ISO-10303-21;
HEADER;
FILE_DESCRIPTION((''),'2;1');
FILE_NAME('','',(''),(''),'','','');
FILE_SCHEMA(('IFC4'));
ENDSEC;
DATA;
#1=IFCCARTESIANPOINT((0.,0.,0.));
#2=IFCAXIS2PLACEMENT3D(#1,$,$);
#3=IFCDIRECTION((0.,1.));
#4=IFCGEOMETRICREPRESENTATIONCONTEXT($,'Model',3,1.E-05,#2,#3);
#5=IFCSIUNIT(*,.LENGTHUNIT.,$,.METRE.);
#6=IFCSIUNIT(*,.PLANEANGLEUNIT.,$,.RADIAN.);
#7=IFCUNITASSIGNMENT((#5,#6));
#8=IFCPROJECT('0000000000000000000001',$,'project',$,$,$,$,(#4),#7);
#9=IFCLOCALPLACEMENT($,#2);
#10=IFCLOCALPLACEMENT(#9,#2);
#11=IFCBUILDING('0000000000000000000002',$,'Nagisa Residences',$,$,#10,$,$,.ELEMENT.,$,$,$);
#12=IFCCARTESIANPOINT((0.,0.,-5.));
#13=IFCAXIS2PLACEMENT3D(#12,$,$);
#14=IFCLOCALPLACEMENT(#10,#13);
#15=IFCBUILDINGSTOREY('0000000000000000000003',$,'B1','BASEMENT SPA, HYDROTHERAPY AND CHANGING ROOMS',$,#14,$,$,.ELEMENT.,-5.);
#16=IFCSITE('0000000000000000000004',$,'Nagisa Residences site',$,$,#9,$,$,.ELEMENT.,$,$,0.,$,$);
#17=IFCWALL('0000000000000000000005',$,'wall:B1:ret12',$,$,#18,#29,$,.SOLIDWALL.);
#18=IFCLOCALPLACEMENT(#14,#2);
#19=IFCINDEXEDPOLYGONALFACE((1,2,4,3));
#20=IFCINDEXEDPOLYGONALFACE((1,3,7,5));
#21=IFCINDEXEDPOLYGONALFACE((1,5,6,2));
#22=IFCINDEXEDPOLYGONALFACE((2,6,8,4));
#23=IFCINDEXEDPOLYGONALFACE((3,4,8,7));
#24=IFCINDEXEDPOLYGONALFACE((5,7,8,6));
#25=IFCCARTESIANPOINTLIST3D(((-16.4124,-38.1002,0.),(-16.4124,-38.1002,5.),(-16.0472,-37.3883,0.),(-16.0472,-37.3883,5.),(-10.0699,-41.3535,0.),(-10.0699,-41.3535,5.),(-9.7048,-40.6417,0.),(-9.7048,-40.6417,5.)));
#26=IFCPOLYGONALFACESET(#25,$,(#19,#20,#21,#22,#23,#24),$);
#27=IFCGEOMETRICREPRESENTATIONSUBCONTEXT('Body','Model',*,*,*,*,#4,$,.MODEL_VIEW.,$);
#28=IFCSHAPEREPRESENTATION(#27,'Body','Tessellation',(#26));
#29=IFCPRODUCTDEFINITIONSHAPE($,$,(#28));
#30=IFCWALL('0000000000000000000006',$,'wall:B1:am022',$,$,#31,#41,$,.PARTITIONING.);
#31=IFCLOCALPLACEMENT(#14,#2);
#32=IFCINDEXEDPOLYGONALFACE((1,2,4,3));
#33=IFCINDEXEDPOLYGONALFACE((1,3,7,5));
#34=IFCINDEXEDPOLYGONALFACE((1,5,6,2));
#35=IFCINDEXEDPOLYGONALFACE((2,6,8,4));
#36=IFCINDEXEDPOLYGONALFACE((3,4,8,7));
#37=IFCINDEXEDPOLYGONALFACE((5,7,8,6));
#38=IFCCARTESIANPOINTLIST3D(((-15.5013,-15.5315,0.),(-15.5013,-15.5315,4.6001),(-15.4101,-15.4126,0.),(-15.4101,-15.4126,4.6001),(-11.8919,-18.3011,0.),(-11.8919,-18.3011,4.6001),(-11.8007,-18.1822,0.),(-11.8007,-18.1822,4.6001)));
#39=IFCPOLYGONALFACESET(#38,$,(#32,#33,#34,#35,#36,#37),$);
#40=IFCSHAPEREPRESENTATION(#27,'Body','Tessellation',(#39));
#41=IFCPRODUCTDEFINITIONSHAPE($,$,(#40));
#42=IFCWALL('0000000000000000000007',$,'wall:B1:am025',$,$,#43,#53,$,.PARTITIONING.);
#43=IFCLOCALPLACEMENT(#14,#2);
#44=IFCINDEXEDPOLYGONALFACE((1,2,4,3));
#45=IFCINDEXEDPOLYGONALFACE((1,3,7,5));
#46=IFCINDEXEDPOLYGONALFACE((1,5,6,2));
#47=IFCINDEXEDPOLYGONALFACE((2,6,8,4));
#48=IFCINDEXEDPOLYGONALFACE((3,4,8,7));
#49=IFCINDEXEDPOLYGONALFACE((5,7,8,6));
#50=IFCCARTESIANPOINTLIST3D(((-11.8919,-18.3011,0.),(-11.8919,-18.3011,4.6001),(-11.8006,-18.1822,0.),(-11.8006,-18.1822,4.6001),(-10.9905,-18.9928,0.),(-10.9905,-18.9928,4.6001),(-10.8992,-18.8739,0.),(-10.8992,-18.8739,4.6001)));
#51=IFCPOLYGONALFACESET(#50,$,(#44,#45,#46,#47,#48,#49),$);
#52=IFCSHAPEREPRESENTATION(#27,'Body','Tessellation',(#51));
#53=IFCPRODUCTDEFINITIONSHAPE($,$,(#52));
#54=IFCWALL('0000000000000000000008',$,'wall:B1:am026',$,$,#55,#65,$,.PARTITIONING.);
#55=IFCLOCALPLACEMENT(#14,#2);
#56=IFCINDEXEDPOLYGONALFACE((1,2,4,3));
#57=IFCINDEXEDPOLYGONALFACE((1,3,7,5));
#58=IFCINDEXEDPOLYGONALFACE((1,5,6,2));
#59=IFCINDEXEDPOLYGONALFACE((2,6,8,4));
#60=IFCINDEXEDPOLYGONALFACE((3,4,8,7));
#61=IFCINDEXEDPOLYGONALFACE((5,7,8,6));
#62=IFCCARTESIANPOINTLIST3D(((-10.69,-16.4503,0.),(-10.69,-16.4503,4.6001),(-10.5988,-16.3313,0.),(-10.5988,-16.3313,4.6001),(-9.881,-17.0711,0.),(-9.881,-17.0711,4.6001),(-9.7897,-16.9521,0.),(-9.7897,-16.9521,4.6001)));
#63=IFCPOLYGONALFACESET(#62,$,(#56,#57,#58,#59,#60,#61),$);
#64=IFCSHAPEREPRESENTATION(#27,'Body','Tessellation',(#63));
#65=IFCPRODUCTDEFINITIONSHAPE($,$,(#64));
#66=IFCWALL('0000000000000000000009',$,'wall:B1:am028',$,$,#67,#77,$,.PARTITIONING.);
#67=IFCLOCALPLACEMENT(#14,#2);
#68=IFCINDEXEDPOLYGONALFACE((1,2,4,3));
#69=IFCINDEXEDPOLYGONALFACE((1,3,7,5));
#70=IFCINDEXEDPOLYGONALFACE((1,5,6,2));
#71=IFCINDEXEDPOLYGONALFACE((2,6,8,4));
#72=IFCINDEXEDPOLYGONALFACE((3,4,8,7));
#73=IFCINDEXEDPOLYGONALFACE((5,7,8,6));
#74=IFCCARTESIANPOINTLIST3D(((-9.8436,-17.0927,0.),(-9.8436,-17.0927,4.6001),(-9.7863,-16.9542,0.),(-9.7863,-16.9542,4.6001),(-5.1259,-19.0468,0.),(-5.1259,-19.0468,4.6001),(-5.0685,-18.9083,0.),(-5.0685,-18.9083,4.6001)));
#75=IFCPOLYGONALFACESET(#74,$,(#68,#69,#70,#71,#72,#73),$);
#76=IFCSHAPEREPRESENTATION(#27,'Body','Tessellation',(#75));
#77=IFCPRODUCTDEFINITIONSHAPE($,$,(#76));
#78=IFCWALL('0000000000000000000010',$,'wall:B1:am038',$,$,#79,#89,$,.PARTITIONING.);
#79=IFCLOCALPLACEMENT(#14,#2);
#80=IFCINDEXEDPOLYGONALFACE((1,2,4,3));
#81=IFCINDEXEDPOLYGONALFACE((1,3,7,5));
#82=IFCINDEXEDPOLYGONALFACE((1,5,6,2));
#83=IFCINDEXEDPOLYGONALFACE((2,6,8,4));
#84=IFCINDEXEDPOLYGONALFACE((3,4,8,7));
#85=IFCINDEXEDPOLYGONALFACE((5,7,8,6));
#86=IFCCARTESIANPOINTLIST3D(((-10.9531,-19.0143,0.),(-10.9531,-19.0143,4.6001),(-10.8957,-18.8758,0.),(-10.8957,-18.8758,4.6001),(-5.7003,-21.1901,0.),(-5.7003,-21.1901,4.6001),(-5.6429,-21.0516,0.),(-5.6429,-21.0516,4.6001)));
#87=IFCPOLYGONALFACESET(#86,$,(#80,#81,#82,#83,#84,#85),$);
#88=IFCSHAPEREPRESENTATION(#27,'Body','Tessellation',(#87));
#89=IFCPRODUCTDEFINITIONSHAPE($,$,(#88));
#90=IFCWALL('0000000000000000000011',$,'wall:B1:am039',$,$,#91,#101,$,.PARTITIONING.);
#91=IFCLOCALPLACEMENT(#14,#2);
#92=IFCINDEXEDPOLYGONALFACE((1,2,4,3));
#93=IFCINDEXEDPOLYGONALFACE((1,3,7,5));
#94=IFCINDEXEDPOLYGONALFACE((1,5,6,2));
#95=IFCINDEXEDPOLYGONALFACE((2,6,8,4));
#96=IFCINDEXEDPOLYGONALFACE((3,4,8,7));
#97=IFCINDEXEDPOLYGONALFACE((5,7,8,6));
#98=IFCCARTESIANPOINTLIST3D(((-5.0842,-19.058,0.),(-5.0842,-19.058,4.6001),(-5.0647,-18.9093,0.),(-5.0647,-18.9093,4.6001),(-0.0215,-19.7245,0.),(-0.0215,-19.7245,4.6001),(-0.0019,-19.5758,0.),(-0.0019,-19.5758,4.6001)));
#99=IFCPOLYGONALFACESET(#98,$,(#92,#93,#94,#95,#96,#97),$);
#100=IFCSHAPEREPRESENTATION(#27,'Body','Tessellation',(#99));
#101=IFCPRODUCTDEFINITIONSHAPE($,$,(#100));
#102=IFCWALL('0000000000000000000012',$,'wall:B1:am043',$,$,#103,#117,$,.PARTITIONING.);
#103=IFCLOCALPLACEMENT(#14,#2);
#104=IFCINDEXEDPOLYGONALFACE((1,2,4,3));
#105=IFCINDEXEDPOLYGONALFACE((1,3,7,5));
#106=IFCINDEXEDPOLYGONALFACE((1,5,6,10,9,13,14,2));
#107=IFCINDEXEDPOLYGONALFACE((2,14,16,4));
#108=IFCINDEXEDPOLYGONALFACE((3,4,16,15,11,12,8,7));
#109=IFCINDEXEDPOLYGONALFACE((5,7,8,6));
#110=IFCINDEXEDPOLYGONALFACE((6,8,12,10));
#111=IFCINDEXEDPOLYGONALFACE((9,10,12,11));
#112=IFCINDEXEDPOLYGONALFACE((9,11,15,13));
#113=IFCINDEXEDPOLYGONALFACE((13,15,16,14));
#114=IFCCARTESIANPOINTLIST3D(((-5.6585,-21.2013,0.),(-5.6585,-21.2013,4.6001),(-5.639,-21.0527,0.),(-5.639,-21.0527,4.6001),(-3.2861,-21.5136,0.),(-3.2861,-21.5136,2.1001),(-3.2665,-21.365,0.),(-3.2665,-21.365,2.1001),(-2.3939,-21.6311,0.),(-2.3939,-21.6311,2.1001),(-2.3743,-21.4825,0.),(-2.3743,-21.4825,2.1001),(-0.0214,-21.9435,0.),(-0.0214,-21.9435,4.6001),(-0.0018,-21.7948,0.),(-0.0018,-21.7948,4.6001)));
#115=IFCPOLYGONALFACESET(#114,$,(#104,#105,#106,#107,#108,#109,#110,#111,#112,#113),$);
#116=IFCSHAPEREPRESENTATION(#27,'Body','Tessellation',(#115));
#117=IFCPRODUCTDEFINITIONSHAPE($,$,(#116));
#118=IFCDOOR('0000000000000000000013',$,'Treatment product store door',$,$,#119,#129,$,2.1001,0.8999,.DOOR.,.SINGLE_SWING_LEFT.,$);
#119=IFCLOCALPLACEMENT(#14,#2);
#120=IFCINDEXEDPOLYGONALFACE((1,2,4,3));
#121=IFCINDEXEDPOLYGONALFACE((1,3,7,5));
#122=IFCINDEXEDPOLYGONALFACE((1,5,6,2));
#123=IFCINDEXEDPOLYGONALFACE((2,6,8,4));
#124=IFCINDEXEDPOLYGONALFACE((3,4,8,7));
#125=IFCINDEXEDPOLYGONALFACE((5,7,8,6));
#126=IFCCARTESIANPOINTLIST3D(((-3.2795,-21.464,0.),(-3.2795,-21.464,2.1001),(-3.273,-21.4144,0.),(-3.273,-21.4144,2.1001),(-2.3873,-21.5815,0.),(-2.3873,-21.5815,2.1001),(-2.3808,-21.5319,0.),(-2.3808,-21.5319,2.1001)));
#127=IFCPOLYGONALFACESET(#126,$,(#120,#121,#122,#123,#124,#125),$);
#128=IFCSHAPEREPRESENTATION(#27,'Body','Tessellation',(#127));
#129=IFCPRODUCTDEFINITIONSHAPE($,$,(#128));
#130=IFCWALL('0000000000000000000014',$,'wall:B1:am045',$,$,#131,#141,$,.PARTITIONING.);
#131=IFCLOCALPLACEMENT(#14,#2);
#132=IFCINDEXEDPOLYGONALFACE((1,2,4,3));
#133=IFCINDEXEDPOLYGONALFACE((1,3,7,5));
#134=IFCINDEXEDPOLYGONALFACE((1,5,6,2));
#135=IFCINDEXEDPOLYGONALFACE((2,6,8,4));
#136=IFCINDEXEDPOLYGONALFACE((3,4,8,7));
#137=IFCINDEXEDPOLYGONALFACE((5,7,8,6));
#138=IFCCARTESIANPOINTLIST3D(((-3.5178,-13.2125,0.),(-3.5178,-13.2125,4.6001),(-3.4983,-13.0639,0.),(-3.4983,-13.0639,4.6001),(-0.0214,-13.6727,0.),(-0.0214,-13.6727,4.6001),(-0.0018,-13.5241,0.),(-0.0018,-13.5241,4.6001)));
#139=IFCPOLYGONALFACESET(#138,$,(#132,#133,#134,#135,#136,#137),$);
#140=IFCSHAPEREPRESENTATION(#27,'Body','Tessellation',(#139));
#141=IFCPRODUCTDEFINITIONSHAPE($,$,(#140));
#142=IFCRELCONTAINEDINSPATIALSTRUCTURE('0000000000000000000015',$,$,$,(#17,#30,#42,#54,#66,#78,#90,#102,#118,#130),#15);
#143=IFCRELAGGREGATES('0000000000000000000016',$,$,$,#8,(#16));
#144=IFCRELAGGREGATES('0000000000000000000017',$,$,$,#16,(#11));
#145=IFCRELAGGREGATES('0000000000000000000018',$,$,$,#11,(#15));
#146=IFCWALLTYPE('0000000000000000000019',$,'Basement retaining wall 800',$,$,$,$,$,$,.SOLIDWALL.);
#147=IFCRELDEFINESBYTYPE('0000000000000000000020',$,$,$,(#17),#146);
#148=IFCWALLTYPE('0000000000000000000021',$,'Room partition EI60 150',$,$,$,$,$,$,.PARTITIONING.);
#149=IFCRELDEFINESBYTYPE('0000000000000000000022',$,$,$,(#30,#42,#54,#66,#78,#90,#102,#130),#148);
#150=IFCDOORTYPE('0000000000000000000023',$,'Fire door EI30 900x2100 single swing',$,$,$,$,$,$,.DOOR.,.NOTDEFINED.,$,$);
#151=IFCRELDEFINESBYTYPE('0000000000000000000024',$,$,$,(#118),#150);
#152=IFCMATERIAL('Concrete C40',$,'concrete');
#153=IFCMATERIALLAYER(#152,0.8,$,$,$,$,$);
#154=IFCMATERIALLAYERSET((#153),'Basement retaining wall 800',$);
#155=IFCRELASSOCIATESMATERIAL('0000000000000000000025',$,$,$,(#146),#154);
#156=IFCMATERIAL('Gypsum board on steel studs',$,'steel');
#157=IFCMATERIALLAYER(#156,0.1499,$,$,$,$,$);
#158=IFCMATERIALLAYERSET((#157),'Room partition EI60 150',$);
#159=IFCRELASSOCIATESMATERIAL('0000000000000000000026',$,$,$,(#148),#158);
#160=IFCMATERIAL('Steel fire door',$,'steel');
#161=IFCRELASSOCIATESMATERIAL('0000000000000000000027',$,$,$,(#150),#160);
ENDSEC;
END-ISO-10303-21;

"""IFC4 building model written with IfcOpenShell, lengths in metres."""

from ifc_helpers import new_model, si_unit, direction, frame, frame_2d, origin, place, context, subcontext, project, spatial, rectangle, extrude, material, layer, layer_set, type_object, element, fill, save


model = new_model("IFC4")

# Units and contexts
model_context = context("Model", 3, precision=1e-05, world=origin(), true_north=direction((0.0, 1.0)))
body_context = subcontext(model_context, "Body", "Model", "MODEL_VIEW")
ifc_project = project(units=[si_unit("LENGTHUNIT", "METRE"), si_unit("PLANEANGLEUNIT", "RADIAN")], contexts=[model_context])

# Site, building, storey
site_placement = place(None, origin())
site = spatial("IfcSite", under=ifc_project, at=site_placement, Name="Nagisa Residences site", CompositionType="ELEMENT", RefElevation=0.0)
building_placement = place(site_placement, origin())
building = spatial("IfcBuilding", under=site, at=building_placement, Name="Nagisa Residences", CompositionType="ELEMENT")
storey_placement = place(building_placement, frame((0.0, 0.0, -5.0)))
storey = spatial("IfcBuildingStorey", under=building, at=storey_placement, Name="B1", Description="BASEMENT SPA, HYDROTHERAPY AND CHANGING ROOMS", CompositionType="ELEMENT", Elevation=-5.0)

# Walls
ifc_material_1 = material(Name="Concrete C40", Category="concrete")
ifc_layer_1 = layer(ifc_material_1, 0.8)
ifc_layer_set_1 = layer_set([ifc_layer_1], Name="Basement retaining wall 800")
wall_type_1 = type_object("IfcWallType", Name="Basement retaining wall 800", PredefinedType="SOLIDWALL", material=ifc_layer_set_1)
wall_1_placement = place(storey_placement, frame((-9.8875, -40.9976, 0.0), z_axis=(0.0, 0.0, 1.0), x_axis=(-0.88977, 0.45641, 0.0)))
element("IfcWall", 1, at=wall_1_placement, inside=storey, type_object=wall_type_1, Name="wall:B1:ret12", PredefinedType="SOLIDWALL", context=body_context, shape_type="SweptSolid", body=[
    extrude(rectangle(XDim=7.1282, YDim=0.8, at=frame_2d((3.564, 0.0))), origin(), (0.0, 0.0, 1.0), 5.0),
])
ifc_material_2 = material(Name="Gypsum board on steel studs", Category="steel")
ifc_layer_2 = layer(ifc_material_2, 0.1499)
ifc_layer_set_2 = layer_set([ifc_layer_2], Name="Room partition EI60 150")
wall_type_2 = type_object("IfcWallType", Name="Room partition EI60 150", PredefinedType="PARTITIONING", material=ifc_layer_set_2)
wall_2_placement = place(storey_placement, frame((-11.8462, -18.2417, 0.0), z_axis=(0.0, 0.0, 1.0), x_axis=(-0.793358, 0.608756, 0.0)))
element("IfcWall", 2, at=wall_2_placement, inside=storey, type_object=wall_type_2, Name="wall:B1:am022", PredefinedType="PARTITIONING", context=body_context, shape_type="SweptSolid", body=[
    extrude(rectangle(XDim=4.5496, YDim=0.1499, at=frame_2d((2.2749, 0.0))), origin(), (0.0, 0.0, 1.0), 4.6001),
])
wall_3_placement = place(storey_placement, frame((-10.9448, -18.9333, 0.0), z_axis=(0.0, 0.0, 1.0), x_axis=(-0.79335, 0.608765, 0.0)))
element("IfcWall", 3, at=wall_3_placement, inside=storey, type_object=wall_type_2, Name="wall:B1:am025", PredefinedType="PARTITIONING", context=body_context, shape_type="SweptSolid", body=[
    extrude(rectangle(XDim=1.1362, YDim=0.1499, at=frame_2d((0.5681, 0.0))), origin(), (0.0, 0.0, 1.0), 4.6001),
])
wall_4_placement = place(storey_placement, frame((-10.6443, -16.3909, 0.0), z_axis=(0.0, 0.0, 1.0), x_axis=(0.793344, -0.608773, 0.0)))
element("IfcWall", 4, at=wall_4_placement, inside=storey, type_object=wall_type_2, Name="wall:B1:am026", PredefinedType="PARTITIONING", context=body_context, shape_type="SweptSolid", body=[
    extrude(rectangle(XDim=1.0198, YDim=0.1499, at=frame_2d((0.5098, 0.0))), origin(), (0.0, 0.0, 1.0), 4.6001),
])
wall_5_placement = place(storey_placement, frame((-9.8149, -17.0234, 0.0), z_axis=(0.0, 0.0, 1.0), x_axis=(0.923884, -0.382673, 0.0)))
element("IfcWall", 5, at=wall_5_placement, inside=storey, type_object=wall_type_2, Name="wall:B1:am028", PredefinedType="PARTITIONING", context=body_context, shape_type="SweptSolid", body=[
    extrude(rectangle(XDim=5.1064, YDim=0.1499, at=frame_2d((2.5532, 0.0))), origin(), (0.0, 0.0, 1.0), 4.6001),
])
wall_6_placement = place(storey_placement, frame((-5.6716, -21.1208, 0.0), z_axis=(0.0, 0.0, 1.0), x_axis=(-0.923877, 0.382691, 0.0)))
element("IfcWall", 6, at=wall_6_placement, inside=storey, type_object=wall_type_2, Name="wall:B1:am038", PredefinedType="PARTITIONING", context=body_context, shape_type="SweptSolid", body=[
    extrude(rectangle(XDim=5.6855, YDim=0.1499, at=frame_2d((2.8428, 0.0))), origin(), (0.0, 0.0, 1.0), 4.6001),
])
wall_7_placement = place(storey_placement, frame((-5.0745, -18.9836, 0.0), z_axis=(0.0, 0.0, 1.0), x_axis=(0.991445, -0.130523, 0.0)))
element("IfcWall", 7, at=wall_7_placement, inside=storey, type_object=wall_type_2, Name="wall:B1:am039", PredefinedType="PARTITIONING", context=body_context, shape_type="SweptSolid", body=[
    extrude(rectangle(XDim=5.1064, YDim=0.1499, at=frame_2d((2.5532, 0.0))), origin(), (0.0, 0.0, 1.0), 4.6001),
])

# Wall, opening, door
wall_8_placement = place(storey_placement, frame((-0.0117, -21.8691, 0.0), z_axis=(0.0, 0.0, 1.0), x_axis=(-0.991444, 0.130532, 0.0)))
wall_8 = element("IfcWall", 8, at=wall_8_placement, inside=storey, type_object=wall_type_2, Name="wall:B1:am043", PredefinedType="PARTITIONING", context=body_context, shape_type="SweptSolid", body=[
    extrude(rectangle(XDim=5.6858, YDim=0.1499, at=frame_2d((2.8428, 0.0))), origin(), (0.0, 0.0, 1.0), 4.6001),
])
opening_placement = place(wall_8_placement, frame((2.3928, 0.0, 0.0)))
opening = element("IfcOpeningElement", 9, at=opening_placement, cuts=wall_8, PredefinedType="OPENING", context=body_context, shape_type="SweptSolid", body=[
    extrude(rectangle(XDim=0.8999, YDim=2.1001, at=frame_2d((0.45, 1.05))), frame((0.0, 0.085, 0.0), z_axis=(0.0, -1.0, 0.0), x_axis=(1.0, 0.0, 0.0)), (0.0, 0.0, 1.0), 0.1699),
])
ifc_material_3 = material(Name="Steel fire door", Category="steel")
door_type = type_object("IfcDoorType", Name="Fire door EI30 900x2100 single swing", OperationType="NOTDEFINED", PredefinedType="DOOR", material=ifc_material_3)
door_placement = place(opening_placement, origin())
door = element("IfcDoor", 10, at=door_placement, inside=storey, type_object=door_type, Name="Treatment product store door", OperationType="SINGLE_SWING_LEFT", OverallHeight=2.1001, OverallWidth=0.8999, PredefinedType="DOOR", context=body_context, shape_type="SweptSolid", body=[
    extrude(rectangle(XDim=0.8999, YDim=2.1001, at=frame_2d((0.45, 1.05))), frame((0.0, 0.0249, 0.0), z_axis=(0.0, -1.0, 0.0), x_axis=(1.0, 0.0, 0.0)), (0.0, 0.0, 1.0), 0.05),
])
fill(opening, door)

# Wall
wall_9_placement = place(storey_placement, frame((-0.0117, -13.5984, 0.0), z_axis=(0.0, 0.0, 1.0), x_axis=(-0.991448, 0.130499, 0.0)))
element("IfcWall", 11, at=wall_9_placement, inside=storey, type_object=wall_type_2, Name="wall:B1:am045", PredefinedType="PARTITIONING", context=body_context, shape_type="SweptSolid", body=[
    extrude(rectangle(XDim=3.5266, YDim=0.1499, at=frame_2d((1.7632, 0.0))), origin(), (0.0, 0.0, 1.0), 4.6001),
])

save(model, "model.ifc")
